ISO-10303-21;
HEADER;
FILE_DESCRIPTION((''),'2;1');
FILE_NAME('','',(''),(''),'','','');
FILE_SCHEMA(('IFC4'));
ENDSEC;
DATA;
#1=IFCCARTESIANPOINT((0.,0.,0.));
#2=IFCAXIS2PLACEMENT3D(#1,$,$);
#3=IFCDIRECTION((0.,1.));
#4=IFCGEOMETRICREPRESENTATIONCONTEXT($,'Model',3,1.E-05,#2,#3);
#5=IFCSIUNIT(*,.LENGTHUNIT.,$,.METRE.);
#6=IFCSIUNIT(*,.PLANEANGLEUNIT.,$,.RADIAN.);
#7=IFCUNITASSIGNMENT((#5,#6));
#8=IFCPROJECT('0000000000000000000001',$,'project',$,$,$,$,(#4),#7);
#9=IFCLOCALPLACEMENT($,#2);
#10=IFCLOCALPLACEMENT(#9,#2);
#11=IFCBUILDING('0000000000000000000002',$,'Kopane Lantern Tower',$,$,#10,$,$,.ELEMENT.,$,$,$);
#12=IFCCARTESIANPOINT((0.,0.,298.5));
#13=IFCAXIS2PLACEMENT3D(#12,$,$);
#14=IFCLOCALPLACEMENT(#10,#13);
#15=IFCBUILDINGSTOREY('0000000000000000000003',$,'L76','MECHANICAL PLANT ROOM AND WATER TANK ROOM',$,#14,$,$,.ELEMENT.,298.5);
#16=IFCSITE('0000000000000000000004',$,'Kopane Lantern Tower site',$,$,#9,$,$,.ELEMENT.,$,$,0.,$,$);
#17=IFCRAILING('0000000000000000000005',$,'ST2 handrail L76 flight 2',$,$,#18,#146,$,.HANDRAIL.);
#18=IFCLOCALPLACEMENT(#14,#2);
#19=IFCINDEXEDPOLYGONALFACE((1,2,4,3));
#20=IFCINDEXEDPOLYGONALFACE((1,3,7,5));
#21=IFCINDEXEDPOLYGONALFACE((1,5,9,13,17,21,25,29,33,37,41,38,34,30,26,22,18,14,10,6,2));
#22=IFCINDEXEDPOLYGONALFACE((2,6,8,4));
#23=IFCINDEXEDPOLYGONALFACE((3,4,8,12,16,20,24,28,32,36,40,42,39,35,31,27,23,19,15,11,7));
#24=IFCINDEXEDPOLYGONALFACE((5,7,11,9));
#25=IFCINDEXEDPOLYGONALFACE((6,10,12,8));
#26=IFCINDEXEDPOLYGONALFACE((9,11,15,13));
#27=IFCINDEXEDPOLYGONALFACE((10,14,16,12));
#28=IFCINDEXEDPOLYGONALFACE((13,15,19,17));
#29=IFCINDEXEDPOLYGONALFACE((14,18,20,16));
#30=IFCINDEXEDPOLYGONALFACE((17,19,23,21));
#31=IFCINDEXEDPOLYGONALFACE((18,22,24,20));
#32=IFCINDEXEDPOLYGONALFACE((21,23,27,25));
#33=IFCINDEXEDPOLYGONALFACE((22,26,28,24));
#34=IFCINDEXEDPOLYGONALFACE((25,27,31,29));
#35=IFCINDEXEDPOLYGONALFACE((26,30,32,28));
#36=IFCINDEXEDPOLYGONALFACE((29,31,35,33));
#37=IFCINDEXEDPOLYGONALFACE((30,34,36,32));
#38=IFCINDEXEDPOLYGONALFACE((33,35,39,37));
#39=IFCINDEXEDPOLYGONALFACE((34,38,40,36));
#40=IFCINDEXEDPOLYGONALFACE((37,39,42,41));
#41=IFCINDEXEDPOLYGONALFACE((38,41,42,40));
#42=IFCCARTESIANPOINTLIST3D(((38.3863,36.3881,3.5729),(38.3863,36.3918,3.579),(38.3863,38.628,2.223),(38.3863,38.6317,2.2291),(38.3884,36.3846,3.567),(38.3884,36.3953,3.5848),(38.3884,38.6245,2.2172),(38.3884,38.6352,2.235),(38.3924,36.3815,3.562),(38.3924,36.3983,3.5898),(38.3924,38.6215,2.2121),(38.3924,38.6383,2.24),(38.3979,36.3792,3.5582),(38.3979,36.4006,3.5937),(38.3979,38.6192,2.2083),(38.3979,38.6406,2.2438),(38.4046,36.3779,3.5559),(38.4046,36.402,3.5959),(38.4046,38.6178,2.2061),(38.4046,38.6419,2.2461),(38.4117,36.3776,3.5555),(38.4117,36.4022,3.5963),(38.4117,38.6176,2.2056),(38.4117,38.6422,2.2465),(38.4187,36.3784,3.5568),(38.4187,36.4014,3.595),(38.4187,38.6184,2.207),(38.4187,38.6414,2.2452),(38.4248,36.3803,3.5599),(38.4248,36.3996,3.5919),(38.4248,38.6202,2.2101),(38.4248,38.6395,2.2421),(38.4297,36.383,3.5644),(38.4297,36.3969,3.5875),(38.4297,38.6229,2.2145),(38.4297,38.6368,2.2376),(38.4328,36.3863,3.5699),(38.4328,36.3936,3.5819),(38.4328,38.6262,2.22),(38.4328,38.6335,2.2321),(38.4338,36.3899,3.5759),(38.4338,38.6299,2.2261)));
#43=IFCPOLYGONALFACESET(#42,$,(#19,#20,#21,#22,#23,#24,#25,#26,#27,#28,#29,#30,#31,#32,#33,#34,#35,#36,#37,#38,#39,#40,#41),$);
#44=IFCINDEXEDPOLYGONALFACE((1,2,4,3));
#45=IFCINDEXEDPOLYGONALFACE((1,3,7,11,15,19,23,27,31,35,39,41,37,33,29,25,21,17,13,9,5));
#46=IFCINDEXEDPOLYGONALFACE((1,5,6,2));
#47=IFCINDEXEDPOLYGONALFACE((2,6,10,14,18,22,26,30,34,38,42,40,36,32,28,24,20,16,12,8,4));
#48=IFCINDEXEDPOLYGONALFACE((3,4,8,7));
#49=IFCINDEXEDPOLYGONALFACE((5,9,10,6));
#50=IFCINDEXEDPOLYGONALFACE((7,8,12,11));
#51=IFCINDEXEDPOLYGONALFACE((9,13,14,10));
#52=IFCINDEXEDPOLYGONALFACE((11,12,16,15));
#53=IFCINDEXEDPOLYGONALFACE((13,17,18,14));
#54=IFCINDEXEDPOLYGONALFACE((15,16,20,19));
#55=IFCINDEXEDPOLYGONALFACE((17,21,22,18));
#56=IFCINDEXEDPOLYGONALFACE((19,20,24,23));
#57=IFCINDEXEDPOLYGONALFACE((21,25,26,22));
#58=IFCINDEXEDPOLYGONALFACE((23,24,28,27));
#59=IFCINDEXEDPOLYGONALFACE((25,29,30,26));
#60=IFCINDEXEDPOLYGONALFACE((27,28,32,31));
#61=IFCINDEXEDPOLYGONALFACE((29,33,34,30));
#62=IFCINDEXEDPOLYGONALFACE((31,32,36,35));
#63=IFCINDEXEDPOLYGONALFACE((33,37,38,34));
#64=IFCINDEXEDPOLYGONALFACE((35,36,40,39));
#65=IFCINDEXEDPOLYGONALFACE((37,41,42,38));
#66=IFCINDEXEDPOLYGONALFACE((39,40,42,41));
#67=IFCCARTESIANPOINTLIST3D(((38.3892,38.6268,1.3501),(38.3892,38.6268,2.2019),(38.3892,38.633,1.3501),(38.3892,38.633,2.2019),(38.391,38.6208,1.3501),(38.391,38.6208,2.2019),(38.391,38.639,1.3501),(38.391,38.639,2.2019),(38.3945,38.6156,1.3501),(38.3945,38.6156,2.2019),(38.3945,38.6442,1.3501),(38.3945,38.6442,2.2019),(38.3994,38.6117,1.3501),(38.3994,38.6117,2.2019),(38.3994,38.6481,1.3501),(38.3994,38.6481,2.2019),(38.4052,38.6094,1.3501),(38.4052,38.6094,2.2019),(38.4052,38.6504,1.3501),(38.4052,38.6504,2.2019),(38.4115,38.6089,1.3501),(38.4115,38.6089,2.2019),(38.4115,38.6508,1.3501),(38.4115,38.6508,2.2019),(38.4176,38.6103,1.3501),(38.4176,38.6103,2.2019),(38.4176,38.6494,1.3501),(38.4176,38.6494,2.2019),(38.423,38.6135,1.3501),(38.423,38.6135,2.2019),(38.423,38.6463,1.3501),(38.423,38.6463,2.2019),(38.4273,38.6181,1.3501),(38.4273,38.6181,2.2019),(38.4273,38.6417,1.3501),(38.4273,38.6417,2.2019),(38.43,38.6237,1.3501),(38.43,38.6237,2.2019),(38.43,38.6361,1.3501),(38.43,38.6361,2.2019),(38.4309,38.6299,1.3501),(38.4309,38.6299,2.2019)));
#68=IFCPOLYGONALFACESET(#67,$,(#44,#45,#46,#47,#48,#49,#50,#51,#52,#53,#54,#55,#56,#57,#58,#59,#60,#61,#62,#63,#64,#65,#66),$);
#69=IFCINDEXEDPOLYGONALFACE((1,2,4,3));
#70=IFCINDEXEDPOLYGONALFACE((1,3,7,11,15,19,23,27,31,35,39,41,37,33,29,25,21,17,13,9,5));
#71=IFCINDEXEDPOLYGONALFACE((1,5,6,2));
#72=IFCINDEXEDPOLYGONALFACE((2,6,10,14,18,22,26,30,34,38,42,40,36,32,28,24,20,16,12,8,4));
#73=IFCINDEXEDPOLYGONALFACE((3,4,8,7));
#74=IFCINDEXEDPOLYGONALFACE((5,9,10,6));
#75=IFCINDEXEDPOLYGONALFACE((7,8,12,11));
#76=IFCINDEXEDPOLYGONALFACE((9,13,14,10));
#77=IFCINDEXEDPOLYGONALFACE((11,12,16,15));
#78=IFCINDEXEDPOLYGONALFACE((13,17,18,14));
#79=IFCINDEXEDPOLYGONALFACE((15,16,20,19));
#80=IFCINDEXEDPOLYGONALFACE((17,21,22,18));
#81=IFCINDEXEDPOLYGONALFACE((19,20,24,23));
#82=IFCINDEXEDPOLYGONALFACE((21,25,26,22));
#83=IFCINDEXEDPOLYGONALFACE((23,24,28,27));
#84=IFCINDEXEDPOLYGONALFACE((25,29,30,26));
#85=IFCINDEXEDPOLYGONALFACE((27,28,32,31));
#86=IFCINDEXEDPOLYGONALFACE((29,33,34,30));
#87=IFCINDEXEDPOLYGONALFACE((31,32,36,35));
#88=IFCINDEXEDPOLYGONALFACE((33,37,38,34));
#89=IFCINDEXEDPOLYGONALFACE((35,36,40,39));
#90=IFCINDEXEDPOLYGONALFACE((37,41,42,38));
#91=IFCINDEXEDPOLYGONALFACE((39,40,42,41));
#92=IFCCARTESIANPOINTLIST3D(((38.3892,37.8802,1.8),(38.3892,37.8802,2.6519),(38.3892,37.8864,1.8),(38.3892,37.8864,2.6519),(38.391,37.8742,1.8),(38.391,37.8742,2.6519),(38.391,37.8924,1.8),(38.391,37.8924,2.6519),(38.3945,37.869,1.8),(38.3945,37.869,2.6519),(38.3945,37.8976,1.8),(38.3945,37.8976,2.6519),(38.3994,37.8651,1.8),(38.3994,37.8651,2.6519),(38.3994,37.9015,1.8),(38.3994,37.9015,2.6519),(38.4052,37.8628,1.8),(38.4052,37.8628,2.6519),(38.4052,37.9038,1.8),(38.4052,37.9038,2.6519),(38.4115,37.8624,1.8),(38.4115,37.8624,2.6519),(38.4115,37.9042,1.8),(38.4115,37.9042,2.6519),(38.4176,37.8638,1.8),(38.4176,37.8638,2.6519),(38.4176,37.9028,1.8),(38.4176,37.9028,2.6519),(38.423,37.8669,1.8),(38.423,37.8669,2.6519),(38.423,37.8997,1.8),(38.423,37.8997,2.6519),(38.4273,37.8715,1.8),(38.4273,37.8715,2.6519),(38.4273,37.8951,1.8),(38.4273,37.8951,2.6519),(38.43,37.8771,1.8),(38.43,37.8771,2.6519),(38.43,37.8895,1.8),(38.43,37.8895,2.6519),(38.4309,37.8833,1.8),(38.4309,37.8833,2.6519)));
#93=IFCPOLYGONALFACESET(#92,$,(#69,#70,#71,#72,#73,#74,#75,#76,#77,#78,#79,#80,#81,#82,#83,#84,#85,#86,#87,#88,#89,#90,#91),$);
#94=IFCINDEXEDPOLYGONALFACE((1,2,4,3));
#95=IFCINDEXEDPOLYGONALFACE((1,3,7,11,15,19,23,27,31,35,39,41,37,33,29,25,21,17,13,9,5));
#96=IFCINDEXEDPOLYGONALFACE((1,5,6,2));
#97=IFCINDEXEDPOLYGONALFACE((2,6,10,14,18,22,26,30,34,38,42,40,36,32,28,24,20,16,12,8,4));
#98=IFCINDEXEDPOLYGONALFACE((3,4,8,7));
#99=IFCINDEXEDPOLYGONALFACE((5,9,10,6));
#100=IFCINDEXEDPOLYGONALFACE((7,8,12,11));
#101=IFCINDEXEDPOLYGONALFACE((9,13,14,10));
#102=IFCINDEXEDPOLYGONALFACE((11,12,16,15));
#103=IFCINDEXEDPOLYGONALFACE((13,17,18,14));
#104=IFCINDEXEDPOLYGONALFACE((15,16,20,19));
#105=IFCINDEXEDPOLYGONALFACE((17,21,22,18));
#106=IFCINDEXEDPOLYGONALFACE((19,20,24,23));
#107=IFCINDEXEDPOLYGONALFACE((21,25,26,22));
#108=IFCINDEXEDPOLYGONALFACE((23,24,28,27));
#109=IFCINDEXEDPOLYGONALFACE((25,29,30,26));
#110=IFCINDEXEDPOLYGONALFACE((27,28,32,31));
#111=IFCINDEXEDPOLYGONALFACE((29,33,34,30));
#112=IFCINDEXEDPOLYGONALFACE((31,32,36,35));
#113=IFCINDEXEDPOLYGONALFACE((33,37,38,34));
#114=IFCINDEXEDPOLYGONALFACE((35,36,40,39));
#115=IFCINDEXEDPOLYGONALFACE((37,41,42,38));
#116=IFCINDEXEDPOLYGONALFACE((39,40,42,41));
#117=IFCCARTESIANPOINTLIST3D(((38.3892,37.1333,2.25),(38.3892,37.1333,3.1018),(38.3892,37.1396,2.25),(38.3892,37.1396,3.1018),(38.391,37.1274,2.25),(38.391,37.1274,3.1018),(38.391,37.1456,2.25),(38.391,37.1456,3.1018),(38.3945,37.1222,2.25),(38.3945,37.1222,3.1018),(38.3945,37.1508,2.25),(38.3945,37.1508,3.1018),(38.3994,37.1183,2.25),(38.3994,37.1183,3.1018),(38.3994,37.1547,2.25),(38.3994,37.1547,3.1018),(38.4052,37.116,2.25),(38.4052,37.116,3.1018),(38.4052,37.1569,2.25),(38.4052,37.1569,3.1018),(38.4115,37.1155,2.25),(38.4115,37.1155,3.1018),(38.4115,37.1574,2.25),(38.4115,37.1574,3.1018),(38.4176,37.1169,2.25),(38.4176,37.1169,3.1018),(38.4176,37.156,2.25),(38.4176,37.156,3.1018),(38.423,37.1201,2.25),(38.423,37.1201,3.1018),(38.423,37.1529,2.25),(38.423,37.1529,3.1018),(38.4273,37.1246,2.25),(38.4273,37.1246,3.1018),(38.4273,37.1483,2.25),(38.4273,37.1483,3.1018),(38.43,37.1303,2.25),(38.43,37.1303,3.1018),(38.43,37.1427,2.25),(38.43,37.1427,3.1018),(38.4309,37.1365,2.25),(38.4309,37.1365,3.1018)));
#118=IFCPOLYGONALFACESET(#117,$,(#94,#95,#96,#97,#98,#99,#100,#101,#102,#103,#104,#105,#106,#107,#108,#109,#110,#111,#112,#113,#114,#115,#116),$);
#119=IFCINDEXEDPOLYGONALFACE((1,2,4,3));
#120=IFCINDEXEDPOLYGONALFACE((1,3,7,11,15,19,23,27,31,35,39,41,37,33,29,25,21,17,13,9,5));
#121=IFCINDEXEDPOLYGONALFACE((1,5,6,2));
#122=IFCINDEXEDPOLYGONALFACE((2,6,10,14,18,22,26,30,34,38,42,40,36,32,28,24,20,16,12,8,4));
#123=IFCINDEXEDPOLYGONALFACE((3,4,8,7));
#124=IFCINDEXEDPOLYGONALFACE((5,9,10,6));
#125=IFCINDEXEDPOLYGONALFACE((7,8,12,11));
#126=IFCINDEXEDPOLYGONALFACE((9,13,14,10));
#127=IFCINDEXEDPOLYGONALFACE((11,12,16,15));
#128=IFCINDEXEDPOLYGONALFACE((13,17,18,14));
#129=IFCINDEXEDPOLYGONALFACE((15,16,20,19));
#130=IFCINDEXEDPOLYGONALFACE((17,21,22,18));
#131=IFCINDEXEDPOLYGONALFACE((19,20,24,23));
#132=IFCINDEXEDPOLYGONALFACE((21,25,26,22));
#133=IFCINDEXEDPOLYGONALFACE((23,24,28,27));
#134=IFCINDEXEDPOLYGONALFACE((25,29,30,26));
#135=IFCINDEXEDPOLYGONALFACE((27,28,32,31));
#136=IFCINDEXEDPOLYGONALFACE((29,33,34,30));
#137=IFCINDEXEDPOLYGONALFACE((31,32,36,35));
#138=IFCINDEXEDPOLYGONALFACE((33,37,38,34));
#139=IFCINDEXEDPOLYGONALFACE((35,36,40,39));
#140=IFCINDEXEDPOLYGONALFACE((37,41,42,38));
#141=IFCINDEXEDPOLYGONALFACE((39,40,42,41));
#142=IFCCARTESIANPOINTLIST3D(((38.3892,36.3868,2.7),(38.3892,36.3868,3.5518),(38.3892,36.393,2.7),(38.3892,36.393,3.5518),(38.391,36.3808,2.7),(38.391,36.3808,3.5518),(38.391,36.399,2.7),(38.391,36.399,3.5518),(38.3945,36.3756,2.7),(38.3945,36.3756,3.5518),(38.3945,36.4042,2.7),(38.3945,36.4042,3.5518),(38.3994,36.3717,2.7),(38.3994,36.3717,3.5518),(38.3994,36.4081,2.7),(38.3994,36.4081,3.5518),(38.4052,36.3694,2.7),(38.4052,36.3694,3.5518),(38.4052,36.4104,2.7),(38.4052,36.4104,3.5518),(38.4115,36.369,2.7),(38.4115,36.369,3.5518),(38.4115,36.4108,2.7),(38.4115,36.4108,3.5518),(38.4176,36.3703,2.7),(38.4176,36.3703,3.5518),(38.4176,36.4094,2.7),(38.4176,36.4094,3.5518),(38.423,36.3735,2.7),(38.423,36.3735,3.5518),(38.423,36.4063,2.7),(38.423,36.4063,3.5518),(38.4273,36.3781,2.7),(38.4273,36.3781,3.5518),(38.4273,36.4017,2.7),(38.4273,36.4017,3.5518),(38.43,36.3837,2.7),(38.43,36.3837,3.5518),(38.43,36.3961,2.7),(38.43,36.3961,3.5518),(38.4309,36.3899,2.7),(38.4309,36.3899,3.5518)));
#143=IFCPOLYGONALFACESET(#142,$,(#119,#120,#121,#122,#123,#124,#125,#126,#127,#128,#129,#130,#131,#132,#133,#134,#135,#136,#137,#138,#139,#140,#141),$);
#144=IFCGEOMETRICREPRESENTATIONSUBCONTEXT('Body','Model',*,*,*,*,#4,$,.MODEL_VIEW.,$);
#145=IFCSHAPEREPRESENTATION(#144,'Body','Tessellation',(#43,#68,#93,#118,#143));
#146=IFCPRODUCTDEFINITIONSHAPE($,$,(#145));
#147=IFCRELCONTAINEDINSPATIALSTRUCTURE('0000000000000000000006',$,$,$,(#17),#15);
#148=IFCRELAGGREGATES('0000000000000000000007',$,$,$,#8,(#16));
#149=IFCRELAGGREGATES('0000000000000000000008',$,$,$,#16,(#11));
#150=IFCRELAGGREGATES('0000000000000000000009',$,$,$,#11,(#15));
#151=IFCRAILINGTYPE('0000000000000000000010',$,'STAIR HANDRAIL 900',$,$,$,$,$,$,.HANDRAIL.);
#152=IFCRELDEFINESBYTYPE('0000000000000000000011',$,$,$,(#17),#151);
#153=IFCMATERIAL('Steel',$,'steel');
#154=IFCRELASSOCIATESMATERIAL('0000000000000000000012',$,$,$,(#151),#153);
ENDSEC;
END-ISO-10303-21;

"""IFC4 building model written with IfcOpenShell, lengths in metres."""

from ifc_helpers import new_model, si_unit, direction, frame, origin, origin_2d, place, context, subcontext, project, spatial, circle, extrude, material, type_object, element, save


model = new_model("IFC4")

# Units and contexts
model_context = context("Model", 3, precision=1e-05, world=origin(), true_north=direction((0.0, 1.0)))
body_context = subcontext(model_context, "Body", "Model", "MODEL_VIEW")
ifc_project = project(units=[si_unit("LENGTHUNIT", "METRE"), si_unit("PLANEANGLEUNIT", "RADIAN")], contexts=[model_context])

# Site, building, storey
site_placement = place(None, origin())
site = spatial("IfcSite", under=ifc_project, at=site_placement, Name="Kopane Lantern Tower site", CompositionType="ELEMENT", RefElevation=0.0)
building_placement = place(site_placement, origin())
building = spatial("IfcBuilding", under=site, at=building_placement, Name="Kopane Lantern Tower", CompositionType="ELEMENT")
storey_placement = place(building_placement, frame((0.0, 0.0, 298.5)))
storey = spatial("IfcBuildingStorey", under=building, at=storey_placement, Name="L76", Description="MECHANICAL PLANT ROOM AND WATER TANK ROOM", CompositionType="ELEMENT", Elevation=298.5)

# Railing
ifc_material_1 = material(Name="Steel", Category="steel")
railing_type_1 = type_object("IfcRailingType", Name="STAIR HANDRAIL 900", PredefinedType="HANDRAIL", material=ifc_material_1)
for number, where, name in (
    (1, (38.4099, 38.6299, 1.3501), "ST2 handrail L76 flight 2"),
):
    element("IfcRailing", number, at=place(storey_placement, frame(where)), inside=storey, type_object=railing_type_1, Name=name, PredefinedType="HANDRAIL", context=body_context, shape_type="SweptSolid", body=[
        extrude(circle(Radius=0.0239, at=origin_2d()), frame((0.0, 0.0, 0.876), z_axis=(0.0, -0.856503, 0.516142), x_axis=(1.0, 0.0, 0.0)), (0.0, 0.0, 1.0), 2.6152),
        extrude(circle(Radius=0.021, at=origin_2d()), origin(), (0.0, 0.0, 1.0), 0.8518),
        extrude(circle(Radius=0.021, at=origin_2d()), frame((0.0, -0.7466, 0.45)), (0.0, 0.0, 1.0), 0.8518),
        extrude(circle(Radius=0.021, at=origin_2d()), frame((0.0, -1.4934, 0.8999)), (0.0, 0.0, 1.0), 0.8518),
        extrude(circle(Radius=0.021, at=origin_2d()), frame((0.0, -2.24, 1.3499)), (0.0, 0.0, 1.0), 0.8518),
    ])

save(model, "model.ifc")
